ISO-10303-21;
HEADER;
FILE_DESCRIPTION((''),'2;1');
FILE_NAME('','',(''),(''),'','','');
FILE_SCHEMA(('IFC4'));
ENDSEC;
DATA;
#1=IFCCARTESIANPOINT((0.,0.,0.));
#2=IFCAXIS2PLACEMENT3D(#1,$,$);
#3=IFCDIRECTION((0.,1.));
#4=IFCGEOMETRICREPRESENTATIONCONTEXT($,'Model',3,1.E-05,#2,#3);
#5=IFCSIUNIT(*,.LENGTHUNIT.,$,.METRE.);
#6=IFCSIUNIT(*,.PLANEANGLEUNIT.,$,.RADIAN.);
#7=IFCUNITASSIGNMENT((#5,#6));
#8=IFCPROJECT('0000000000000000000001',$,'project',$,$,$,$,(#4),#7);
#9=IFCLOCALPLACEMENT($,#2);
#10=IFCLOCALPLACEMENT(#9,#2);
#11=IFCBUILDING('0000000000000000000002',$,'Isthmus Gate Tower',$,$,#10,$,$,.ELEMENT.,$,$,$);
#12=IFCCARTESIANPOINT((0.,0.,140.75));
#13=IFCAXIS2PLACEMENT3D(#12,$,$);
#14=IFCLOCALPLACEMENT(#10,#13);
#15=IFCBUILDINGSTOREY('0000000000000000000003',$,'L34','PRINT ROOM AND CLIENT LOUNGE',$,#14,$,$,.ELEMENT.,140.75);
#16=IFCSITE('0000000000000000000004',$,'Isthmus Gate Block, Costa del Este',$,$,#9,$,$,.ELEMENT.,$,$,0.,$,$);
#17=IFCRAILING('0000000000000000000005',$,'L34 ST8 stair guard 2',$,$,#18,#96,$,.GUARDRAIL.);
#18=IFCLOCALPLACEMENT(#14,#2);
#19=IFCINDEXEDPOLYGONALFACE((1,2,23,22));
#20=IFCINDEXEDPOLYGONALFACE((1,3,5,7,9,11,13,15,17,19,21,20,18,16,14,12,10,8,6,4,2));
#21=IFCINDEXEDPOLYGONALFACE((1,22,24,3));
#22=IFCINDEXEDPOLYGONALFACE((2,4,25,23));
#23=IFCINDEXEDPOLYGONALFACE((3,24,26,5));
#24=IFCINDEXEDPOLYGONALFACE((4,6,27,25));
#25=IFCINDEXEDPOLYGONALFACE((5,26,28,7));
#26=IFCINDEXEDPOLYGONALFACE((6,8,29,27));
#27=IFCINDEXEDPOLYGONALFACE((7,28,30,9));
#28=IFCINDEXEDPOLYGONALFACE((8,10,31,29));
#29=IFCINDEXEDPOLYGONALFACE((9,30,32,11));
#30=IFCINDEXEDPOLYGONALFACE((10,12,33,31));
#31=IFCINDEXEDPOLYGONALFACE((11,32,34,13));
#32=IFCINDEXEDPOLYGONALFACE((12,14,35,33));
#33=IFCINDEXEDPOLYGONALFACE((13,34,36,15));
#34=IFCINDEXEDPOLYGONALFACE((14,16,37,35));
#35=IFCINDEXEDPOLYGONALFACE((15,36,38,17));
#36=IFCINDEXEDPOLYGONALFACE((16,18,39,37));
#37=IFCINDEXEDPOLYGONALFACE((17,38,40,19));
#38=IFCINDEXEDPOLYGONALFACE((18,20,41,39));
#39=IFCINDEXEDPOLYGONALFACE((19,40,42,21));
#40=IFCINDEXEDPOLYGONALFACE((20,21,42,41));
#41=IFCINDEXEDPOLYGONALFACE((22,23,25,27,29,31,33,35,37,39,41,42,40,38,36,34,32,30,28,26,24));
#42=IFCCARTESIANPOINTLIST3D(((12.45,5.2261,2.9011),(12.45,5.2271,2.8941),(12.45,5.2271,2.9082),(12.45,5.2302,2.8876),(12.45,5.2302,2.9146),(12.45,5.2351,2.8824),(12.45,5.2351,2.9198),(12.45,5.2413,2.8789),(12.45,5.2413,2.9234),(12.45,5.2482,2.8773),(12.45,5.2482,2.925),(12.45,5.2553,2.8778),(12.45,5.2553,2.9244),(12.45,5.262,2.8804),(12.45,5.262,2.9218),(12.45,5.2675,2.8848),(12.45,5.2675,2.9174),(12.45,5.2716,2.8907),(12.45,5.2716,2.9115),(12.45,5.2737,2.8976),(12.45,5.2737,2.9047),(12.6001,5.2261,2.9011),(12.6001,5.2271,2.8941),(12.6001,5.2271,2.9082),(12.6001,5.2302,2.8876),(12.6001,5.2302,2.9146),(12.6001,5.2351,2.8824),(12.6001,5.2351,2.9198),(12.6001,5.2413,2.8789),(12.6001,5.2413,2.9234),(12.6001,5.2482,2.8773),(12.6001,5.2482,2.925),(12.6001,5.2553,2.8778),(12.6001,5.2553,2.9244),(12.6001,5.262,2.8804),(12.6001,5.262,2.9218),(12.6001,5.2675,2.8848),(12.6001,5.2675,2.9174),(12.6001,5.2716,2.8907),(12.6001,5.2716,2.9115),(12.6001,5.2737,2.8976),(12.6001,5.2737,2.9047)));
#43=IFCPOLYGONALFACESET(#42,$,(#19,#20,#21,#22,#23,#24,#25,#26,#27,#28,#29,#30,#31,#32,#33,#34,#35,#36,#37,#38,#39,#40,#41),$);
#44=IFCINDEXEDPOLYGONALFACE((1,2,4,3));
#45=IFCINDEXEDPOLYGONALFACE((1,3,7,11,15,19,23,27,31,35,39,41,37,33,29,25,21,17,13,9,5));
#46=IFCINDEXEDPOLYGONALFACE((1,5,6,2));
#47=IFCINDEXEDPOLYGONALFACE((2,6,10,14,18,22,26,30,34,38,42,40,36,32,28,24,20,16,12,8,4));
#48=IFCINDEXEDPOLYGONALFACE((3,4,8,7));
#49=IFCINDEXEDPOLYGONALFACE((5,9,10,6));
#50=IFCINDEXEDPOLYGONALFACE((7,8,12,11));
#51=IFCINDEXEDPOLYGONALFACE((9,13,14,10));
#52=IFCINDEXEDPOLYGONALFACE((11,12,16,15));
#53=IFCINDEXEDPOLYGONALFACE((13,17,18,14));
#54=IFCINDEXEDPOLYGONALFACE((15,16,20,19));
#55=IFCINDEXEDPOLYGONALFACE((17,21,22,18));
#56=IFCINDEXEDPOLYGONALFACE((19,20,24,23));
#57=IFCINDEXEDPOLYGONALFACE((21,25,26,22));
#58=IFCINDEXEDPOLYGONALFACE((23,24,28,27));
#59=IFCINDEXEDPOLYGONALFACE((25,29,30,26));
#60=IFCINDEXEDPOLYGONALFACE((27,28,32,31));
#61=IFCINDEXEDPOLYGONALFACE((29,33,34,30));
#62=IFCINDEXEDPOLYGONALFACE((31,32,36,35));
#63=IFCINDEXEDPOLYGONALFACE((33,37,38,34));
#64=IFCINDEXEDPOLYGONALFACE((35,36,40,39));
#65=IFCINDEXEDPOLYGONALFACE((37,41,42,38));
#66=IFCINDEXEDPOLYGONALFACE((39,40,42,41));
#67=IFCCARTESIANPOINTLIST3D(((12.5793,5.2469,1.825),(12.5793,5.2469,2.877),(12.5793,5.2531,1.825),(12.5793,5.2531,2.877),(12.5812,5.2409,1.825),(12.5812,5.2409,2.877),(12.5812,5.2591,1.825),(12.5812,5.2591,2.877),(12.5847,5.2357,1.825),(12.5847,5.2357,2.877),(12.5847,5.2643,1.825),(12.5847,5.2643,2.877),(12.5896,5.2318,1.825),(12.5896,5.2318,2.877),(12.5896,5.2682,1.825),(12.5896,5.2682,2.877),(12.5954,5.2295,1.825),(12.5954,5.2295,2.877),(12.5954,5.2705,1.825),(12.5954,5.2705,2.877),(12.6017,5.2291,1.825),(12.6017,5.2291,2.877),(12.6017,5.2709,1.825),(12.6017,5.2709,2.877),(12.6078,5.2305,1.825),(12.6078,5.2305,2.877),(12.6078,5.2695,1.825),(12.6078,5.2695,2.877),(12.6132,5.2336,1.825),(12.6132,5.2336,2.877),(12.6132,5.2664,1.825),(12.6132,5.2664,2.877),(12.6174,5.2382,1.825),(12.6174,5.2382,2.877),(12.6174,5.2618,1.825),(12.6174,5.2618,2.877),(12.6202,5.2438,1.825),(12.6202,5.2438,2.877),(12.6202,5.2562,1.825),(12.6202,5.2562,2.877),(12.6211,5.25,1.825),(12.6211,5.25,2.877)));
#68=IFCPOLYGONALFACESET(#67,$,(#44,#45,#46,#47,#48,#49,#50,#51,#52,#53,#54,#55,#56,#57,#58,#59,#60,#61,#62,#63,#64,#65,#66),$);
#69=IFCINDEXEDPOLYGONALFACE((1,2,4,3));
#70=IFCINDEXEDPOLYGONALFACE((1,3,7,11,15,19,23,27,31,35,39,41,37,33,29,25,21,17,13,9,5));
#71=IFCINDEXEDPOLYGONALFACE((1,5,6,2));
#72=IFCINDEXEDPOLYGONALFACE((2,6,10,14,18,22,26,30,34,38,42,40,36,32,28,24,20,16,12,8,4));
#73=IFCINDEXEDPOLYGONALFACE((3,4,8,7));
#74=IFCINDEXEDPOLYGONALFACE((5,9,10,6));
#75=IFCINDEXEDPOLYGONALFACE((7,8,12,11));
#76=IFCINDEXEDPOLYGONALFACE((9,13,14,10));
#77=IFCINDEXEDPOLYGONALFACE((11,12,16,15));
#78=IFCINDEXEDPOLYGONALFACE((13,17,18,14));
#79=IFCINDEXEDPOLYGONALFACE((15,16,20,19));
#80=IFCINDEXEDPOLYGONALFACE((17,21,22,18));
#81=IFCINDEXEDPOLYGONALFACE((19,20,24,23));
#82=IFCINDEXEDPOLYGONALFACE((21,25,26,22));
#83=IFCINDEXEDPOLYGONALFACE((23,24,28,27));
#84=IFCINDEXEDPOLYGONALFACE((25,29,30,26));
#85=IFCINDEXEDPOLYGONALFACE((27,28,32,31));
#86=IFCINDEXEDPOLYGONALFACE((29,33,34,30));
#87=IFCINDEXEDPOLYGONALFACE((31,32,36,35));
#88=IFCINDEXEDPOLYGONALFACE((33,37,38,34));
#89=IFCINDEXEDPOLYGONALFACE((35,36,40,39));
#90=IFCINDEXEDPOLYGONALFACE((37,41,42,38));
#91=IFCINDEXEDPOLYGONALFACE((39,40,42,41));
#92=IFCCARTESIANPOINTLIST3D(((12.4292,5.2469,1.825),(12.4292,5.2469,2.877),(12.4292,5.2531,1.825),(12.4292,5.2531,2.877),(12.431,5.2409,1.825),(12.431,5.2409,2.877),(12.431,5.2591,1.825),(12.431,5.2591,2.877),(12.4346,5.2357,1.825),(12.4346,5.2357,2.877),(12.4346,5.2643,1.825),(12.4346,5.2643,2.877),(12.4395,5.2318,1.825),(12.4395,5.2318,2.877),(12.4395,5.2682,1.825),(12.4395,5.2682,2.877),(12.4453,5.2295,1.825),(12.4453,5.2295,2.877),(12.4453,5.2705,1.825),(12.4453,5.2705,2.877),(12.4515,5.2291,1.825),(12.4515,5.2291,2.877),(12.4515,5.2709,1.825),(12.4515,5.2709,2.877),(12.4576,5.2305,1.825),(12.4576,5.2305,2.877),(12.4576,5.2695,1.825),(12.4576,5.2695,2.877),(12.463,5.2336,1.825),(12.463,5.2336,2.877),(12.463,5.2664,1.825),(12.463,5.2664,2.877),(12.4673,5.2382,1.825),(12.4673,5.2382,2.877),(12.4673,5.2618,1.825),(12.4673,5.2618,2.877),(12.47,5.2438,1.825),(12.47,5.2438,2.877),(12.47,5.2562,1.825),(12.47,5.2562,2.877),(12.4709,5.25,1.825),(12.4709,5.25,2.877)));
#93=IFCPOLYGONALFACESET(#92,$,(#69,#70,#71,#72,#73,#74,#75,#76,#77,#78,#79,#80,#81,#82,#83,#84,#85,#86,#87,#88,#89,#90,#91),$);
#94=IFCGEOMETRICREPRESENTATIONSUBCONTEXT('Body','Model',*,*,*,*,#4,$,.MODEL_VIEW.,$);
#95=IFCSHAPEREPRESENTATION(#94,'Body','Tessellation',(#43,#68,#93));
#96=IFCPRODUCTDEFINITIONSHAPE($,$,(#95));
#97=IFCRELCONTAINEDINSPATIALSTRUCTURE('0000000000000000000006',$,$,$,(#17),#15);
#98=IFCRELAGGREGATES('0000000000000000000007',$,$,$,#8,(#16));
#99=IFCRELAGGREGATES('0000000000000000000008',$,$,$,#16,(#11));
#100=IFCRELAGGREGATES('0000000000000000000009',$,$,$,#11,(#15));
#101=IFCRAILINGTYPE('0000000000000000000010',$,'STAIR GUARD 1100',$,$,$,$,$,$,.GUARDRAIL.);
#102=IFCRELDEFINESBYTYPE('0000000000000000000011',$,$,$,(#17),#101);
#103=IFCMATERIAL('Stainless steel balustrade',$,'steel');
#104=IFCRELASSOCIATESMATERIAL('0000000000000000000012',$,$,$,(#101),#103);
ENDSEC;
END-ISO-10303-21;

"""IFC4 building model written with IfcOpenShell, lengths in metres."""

from ifc_helpers import new_model, si_unit, direction, frame, origin, origin_2d, place, context, subcontext, project, spatial, circle, extrude, material, type_object, element, save


model = new_model("IFC4")

# Units and contexts
model_context = context("Model", 3, precision=1e-05, world=origin(), true_north=direction((0.0, 1.0)))
body_context = subcontext(model_context, "Body", "Model", "MODEL_VIEW")
ifc_project = project(units=[si_unit("LENGTHUNIT", "METRE"), si_unit("PLANEANGLEUNIT", "RADIAN")], contexts=[model_context])

# Site, building, storey
site_placement = place(None, origin())
site = spatial("IfcSite", under=ifc_project, at=site_placement, Name="Isthmus Gate Block, Costa del Este", CompositionType="ELEMENT", RefElevation=0.0)
building_placement = place(site_placement, origin())
building = spatial("IfcBuilding", under=site, at=building_placement, Name="Isthmus Gate Tower", CompositionType="ELEMENT")
storey_placement = place(building_placement, frame((0.0, 0.0, 140.75)))
storey = spatial("IfcBuildingStorey", under=building, at=storey_placement, Name="L34", Description="PRINT ROOM AND CLIENT LOUNGE", CompositionType="ELEMENT", Elevation=140.75)

# Railing
ifc_material_1 = material(Name="Stainless steel balustrade", Category="steel")
railing_type_1 = type_object("IfcRailingType", Name="STAIR GUARD 1100", PredefinedType="GUARDRAIL", material=ifc_material_1)
railing_1_placement = place(storey_placement, frame((12.6001, 5.25, 1.825)))
element("IfcRailing", 1, at=railing_1_placement, inside=storey, type_object=railing_type_1, Name="L34 ST8 stair guard 2", PredefinedType="GUARDRAIL", context=body_context, shape_type="SweptSolid", body=[
    extrude(circle(Radius=0.0239, at=origin_2d()), frame((0.0, 0.0, 1.0762), z_axis=(-1.0, 0.0, 0.0), x_axis=(0.0, -1.0, 0.0)), (0.0, 0.0, 1.0), 0.1501),
    extrude(circle(Radius=0.021, at=origin_2d()), origin(), (0.0, 0.0, 1.0), 1.052),
    extrude(circle(Radius=0.021, at=origin_2d()), frame((-0.1501, 0.0, 0.0)), (0.0, 0.0, 1.0), 1.052),
])

save(model, "model.ifc")
